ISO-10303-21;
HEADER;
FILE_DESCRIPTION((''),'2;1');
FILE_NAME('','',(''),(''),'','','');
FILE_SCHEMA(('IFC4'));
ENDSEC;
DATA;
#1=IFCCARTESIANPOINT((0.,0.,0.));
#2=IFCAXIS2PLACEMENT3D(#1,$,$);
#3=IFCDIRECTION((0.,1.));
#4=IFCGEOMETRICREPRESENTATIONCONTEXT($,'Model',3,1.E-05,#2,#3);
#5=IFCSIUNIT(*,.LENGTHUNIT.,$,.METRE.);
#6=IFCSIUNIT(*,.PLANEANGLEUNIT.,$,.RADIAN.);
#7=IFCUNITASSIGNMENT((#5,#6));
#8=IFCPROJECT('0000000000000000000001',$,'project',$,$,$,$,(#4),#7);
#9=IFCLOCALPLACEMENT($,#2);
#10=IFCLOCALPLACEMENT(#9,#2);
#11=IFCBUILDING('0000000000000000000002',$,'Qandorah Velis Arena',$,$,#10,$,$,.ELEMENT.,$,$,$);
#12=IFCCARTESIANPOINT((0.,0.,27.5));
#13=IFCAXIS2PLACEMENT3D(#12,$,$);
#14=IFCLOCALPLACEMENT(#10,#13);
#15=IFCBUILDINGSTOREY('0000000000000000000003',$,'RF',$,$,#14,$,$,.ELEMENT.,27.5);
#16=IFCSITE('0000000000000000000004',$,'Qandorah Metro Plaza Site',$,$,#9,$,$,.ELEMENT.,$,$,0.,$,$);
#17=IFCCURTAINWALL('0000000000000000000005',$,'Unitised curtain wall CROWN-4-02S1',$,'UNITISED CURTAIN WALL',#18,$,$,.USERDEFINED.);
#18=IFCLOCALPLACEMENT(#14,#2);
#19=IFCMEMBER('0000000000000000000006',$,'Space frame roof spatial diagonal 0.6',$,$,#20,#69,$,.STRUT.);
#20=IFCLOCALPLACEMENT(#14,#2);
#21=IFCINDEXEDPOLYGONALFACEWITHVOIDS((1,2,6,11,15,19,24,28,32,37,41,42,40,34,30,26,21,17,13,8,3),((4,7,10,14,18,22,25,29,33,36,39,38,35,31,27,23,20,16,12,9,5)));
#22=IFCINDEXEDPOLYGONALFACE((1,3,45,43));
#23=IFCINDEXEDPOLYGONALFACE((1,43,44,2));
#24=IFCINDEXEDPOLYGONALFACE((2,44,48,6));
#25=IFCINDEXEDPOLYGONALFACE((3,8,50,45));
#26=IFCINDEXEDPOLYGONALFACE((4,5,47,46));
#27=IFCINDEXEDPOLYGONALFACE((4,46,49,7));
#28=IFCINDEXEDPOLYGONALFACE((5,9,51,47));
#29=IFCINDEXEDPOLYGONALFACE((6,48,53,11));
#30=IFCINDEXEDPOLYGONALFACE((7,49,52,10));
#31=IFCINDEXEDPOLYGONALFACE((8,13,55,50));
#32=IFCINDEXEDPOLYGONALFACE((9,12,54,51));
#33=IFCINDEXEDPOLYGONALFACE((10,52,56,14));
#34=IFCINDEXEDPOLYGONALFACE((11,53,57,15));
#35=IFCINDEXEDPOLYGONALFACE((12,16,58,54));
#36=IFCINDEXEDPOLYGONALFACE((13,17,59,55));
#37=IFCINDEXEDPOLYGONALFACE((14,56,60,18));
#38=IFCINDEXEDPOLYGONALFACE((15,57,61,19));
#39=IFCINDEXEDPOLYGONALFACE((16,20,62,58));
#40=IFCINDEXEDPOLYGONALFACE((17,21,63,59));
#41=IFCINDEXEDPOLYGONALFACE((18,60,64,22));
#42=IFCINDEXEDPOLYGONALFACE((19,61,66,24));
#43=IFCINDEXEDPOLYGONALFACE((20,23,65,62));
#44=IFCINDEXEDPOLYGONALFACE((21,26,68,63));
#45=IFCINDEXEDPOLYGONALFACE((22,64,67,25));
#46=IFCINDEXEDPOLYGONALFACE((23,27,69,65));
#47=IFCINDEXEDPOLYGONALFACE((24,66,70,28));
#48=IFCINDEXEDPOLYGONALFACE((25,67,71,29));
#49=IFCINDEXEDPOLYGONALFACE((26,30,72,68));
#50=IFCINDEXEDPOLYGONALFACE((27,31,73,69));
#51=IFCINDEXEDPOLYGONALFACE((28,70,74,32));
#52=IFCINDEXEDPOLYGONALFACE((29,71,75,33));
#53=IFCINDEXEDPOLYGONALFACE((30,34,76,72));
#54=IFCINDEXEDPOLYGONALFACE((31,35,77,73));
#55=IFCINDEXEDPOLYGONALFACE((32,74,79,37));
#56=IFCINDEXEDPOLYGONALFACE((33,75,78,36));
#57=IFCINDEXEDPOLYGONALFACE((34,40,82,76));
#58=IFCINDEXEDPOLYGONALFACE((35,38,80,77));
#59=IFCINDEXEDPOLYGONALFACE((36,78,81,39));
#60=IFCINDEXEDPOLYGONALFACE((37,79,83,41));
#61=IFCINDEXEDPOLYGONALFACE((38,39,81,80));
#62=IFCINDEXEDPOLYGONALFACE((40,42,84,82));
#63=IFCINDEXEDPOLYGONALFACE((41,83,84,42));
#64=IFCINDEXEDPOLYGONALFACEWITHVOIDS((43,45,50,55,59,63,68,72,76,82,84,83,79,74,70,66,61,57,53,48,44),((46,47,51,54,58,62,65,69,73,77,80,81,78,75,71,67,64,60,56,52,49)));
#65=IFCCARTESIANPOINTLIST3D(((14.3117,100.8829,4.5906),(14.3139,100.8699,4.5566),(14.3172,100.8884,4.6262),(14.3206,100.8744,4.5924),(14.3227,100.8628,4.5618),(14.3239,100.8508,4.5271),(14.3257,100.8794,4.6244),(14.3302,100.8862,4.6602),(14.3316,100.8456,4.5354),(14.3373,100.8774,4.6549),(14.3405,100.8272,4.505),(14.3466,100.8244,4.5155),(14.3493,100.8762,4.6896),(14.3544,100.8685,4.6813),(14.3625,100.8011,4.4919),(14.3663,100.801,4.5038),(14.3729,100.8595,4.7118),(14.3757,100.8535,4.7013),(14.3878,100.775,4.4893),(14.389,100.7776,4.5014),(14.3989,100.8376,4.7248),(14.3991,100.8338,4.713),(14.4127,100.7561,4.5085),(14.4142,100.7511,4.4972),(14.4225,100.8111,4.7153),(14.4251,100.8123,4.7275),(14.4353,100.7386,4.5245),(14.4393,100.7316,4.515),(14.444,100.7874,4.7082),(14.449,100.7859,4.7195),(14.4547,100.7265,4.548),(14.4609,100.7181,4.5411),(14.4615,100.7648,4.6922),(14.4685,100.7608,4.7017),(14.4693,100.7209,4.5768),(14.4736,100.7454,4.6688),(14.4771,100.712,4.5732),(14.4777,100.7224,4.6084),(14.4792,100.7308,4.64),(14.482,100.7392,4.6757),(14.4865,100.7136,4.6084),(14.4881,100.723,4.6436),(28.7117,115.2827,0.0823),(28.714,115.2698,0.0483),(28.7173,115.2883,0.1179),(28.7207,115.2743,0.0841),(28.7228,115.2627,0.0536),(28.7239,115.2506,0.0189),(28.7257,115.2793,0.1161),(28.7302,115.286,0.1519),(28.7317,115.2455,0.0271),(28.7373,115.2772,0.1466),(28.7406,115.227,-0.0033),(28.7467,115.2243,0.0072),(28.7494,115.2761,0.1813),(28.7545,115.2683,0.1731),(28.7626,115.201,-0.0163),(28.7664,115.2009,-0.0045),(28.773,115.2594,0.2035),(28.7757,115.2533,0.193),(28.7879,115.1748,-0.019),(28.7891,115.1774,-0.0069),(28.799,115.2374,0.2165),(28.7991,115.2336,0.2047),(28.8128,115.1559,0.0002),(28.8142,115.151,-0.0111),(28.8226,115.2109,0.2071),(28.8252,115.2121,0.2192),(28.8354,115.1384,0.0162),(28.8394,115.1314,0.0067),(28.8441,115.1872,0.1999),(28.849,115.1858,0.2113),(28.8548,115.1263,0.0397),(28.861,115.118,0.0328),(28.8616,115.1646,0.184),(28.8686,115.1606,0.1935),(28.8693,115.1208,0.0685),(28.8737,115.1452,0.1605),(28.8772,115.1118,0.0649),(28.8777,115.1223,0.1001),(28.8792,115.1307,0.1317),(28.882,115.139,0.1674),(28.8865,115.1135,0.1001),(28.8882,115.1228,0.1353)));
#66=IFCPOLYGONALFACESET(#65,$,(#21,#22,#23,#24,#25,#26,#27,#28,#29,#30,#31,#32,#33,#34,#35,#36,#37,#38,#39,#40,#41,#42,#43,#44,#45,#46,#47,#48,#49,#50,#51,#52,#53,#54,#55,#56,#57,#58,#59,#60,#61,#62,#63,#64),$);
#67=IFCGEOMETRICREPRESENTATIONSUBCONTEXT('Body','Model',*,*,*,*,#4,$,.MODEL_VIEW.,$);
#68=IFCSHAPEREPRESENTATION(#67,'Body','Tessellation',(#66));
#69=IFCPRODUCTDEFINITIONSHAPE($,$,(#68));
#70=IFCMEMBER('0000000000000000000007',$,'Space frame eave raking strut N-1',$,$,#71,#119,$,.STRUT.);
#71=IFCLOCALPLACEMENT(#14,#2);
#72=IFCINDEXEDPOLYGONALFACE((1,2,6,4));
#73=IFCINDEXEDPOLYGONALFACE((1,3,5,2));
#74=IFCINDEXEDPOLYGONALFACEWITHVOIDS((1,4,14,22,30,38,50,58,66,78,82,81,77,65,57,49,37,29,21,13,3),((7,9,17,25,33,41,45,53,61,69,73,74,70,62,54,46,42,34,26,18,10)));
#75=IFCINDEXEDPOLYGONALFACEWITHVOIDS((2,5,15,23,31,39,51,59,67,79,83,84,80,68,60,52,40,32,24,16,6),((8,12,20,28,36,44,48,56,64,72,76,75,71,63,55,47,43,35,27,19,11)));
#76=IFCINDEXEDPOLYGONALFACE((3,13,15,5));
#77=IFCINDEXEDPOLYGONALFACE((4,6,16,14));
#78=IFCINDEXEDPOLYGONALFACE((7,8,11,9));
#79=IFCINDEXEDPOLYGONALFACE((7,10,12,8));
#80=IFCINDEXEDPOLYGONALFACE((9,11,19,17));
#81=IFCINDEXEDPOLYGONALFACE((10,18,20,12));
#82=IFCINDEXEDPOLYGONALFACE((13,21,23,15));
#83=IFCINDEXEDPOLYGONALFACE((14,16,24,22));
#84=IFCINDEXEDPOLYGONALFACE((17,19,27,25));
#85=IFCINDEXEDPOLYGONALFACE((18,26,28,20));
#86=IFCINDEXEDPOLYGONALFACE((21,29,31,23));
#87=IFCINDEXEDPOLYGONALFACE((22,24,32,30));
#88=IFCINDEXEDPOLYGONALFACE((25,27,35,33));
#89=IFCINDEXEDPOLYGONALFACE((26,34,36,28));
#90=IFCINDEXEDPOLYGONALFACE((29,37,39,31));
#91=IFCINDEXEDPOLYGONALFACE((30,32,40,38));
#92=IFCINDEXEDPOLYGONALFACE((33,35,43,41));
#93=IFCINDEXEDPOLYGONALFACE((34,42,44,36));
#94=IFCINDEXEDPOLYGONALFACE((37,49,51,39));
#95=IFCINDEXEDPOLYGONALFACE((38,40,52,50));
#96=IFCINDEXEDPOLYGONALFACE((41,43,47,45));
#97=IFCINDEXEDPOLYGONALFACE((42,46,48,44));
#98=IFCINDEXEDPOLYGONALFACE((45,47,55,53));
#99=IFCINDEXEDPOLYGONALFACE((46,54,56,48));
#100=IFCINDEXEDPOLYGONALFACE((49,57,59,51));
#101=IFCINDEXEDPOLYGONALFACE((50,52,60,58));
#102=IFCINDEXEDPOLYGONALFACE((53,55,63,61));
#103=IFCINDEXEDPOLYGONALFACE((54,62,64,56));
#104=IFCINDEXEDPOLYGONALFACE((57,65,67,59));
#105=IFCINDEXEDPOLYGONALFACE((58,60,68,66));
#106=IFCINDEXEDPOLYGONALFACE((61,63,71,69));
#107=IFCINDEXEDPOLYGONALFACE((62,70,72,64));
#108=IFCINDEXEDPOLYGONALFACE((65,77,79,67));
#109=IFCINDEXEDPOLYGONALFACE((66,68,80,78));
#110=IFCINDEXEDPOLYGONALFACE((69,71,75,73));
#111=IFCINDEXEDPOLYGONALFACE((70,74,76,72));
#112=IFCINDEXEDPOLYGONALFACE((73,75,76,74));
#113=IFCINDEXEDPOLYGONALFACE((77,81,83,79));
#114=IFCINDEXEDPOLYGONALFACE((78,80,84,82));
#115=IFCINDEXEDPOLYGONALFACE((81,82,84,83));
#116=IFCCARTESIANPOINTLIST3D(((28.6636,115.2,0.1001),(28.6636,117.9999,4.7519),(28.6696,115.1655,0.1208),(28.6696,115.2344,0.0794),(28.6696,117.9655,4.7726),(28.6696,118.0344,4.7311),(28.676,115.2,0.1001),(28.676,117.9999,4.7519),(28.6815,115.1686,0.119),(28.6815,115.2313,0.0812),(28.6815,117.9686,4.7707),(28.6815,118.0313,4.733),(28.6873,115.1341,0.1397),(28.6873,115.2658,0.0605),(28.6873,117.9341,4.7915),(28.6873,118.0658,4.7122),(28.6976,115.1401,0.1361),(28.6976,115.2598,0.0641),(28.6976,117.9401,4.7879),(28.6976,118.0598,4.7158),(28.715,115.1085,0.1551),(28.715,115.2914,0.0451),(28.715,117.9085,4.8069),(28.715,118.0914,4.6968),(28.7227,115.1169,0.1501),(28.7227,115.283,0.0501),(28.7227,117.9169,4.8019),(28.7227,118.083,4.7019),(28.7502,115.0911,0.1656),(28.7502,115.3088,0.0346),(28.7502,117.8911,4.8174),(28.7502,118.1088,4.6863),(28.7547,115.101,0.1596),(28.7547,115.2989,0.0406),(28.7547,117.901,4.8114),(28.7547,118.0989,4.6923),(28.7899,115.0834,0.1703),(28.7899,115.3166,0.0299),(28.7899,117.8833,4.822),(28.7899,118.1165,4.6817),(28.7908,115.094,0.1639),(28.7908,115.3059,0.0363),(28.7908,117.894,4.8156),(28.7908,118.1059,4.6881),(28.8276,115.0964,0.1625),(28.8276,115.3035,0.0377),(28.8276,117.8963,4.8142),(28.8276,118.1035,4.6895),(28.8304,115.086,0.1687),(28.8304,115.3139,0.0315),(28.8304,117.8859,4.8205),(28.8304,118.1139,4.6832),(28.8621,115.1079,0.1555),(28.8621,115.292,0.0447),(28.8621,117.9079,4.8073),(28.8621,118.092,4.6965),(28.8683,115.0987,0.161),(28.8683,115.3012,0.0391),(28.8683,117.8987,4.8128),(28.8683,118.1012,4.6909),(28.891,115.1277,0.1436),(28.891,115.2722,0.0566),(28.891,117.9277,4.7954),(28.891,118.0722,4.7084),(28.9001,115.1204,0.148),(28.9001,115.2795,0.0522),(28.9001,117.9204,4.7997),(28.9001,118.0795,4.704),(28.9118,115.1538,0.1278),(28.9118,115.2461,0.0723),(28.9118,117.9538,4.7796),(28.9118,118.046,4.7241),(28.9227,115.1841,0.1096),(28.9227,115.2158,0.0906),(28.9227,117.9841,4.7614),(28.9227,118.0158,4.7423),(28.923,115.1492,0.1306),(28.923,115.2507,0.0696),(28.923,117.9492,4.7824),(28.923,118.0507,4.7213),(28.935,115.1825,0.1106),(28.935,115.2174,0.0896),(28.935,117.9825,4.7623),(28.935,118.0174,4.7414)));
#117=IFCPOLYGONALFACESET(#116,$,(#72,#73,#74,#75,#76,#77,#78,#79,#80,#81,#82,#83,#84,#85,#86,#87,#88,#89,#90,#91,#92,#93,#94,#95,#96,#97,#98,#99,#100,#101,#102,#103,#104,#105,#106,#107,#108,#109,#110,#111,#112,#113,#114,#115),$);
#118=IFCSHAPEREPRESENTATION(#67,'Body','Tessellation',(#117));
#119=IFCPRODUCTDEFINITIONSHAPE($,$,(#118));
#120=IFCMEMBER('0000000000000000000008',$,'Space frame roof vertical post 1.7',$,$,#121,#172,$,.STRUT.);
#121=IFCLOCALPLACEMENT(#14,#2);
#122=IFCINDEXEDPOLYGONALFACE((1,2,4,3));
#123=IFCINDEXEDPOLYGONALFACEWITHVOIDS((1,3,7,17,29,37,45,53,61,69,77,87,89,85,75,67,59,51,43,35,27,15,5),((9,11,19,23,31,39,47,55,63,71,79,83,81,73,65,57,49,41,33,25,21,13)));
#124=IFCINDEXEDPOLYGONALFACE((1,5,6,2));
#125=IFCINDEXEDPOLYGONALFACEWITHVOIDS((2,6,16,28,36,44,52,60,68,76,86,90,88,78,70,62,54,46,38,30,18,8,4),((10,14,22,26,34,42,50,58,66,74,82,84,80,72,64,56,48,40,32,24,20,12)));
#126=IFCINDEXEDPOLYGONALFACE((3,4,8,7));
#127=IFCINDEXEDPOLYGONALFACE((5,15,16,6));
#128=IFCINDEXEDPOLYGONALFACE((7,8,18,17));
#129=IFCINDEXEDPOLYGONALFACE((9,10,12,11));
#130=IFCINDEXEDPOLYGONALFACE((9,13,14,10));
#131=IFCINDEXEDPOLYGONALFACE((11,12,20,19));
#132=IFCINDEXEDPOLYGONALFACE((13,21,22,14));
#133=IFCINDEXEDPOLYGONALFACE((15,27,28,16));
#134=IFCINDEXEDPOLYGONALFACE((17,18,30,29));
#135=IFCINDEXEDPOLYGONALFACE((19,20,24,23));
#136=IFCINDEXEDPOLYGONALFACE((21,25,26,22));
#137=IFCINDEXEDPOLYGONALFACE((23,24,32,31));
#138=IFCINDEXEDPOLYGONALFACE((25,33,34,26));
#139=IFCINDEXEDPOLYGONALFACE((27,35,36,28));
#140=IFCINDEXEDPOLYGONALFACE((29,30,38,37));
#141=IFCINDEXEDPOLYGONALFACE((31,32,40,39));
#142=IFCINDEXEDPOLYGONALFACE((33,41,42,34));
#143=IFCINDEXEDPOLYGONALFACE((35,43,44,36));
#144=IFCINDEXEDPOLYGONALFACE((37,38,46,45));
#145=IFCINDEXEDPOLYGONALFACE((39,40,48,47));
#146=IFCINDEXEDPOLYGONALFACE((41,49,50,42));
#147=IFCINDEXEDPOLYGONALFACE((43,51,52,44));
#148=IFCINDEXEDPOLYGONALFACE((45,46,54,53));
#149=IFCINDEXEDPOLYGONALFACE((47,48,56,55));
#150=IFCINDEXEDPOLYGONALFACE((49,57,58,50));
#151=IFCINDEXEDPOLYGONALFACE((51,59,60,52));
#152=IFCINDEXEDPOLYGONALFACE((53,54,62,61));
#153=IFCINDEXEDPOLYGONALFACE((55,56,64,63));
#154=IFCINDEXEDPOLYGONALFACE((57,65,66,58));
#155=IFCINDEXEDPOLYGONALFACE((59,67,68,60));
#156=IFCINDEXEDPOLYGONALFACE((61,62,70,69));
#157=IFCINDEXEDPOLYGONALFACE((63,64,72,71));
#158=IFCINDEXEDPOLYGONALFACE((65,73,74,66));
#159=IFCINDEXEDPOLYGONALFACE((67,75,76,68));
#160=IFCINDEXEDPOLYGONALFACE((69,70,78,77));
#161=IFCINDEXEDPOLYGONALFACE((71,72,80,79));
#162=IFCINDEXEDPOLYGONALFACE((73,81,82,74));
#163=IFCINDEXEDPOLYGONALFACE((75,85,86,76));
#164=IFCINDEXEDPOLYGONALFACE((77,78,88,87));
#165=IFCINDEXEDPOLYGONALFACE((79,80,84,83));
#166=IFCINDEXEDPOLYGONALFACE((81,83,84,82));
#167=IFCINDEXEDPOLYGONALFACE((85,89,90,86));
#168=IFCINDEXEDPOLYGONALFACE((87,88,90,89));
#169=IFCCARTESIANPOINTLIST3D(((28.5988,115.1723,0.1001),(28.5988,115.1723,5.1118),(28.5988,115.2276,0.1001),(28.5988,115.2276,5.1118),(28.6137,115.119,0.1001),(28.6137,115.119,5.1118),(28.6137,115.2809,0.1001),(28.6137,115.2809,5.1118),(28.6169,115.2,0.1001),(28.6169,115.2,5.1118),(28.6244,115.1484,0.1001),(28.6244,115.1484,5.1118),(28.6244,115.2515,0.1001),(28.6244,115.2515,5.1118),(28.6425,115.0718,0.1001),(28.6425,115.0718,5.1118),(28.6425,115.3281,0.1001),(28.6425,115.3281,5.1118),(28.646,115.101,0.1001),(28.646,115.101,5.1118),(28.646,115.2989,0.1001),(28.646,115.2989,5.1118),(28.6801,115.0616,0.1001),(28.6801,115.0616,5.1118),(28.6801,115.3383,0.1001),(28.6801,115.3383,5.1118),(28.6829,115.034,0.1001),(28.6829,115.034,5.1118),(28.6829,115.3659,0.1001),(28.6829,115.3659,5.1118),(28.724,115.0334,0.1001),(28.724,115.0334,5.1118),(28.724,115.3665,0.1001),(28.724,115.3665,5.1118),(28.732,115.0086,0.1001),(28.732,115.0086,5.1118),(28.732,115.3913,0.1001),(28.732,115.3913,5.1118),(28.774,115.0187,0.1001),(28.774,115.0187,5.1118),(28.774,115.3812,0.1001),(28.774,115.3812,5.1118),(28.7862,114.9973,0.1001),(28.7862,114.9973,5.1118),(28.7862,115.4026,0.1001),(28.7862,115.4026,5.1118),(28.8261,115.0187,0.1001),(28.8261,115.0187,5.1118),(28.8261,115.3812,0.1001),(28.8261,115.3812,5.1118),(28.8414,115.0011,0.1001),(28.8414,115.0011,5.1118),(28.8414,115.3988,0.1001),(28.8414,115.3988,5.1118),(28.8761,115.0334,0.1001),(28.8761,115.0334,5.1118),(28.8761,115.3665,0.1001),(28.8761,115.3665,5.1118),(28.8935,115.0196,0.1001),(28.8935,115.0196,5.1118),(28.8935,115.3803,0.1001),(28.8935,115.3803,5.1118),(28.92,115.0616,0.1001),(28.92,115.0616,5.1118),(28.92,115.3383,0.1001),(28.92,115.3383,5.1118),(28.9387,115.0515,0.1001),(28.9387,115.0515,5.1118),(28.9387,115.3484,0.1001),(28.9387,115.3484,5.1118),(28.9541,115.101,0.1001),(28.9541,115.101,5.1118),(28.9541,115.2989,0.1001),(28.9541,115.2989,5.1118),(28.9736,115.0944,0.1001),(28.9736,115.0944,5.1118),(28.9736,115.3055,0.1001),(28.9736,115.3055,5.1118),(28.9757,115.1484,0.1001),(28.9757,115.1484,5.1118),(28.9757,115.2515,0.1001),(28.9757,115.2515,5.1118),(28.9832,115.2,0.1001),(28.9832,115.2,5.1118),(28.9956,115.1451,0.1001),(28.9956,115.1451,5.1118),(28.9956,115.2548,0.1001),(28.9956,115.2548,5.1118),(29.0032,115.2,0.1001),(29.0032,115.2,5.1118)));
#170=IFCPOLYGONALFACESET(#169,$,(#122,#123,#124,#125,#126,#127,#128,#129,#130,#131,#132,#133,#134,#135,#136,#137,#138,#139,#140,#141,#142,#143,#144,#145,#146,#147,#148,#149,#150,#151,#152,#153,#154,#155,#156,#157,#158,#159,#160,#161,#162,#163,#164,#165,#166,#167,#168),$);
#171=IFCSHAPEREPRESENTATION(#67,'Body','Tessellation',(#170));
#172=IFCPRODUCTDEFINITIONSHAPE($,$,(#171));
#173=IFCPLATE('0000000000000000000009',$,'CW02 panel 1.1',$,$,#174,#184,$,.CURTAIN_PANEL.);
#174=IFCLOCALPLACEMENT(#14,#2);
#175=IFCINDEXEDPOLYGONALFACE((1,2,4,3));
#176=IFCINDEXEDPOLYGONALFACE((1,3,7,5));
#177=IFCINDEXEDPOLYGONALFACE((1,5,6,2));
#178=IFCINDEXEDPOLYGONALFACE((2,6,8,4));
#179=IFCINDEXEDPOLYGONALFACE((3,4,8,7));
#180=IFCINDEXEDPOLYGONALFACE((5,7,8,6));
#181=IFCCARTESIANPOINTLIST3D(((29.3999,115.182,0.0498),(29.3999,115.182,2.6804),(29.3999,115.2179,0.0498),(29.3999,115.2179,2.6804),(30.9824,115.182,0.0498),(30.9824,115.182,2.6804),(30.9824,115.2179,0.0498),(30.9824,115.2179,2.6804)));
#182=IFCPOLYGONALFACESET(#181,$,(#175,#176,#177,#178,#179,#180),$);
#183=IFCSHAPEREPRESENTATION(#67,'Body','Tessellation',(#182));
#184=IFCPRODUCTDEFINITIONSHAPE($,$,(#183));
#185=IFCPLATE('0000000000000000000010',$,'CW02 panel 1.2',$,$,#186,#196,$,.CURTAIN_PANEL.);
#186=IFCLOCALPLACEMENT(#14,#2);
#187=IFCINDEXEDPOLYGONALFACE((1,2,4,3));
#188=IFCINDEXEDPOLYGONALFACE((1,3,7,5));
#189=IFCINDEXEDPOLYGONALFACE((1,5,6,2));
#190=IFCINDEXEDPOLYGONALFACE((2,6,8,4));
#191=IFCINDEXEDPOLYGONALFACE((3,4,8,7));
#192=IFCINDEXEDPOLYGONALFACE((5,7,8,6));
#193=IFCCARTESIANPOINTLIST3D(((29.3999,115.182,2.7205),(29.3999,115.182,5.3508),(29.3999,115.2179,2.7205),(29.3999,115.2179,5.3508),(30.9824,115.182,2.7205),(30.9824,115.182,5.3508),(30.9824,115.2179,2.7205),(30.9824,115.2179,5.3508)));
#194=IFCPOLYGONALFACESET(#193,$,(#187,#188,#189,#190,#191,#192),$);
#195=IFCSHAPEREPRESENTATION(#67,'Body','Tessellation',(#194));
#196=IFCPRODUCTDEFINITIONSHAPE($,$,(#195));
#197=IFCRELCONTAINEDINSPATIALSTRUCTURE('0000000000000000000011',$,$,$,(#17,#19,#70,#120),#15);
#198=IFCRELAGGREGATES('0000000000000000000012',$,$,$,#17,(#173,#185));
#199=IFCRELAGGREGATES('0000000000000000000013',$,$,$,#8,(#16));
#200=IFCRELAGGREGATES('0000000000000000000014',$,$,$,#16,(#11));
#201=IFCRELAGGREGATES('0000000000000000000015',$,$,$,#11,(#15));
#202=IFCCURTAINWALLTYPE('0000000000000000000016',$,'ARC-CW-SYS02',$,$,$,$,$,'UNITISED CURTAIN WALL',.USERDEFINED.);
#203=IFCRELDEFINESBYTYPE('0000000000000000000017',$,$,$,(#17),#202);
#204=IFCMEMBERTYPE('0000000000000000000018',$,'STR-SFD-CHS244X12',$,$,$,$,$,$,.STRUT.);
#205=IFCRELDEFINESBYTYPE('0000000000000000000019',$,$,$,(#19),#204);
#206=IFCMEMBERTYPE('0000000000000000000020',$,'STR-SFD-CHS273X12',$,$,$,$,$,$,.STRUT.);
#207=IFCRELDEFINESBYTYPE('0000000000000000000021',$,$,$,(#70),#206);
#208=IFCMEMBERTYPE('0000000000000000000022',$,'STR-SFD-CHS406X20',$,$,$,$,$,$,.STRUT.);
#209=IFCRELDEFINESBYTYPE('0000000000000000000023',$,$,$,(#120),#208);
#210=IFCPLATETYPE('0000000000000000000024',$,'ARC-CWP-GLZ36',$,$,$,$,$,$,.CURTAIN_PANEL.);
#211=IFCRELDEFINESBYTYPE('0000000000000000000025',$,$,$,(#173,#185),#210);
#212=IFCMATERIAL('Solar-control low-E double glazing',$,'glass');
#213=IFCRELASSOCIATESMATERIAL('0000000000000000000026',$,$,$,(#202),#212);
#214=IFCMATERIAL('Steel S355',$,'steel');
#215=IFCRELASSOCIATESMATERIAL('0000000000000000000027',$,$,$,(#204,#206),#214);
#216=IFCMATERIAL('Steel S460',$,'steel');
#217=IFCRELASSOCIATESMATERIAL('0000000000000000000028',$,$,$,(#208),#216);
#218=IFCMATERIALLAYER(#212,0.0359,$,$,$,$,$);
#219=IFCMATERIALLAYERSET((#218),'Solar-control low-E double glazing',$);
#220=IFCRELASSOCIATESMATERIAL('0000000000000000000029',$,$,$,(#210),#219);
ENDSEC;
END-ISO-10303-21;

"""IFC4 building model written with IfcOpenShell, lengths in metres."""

from ifc_helpers import new_model, si_unit, direction, frame, origin, origin_2d, place, context, subcontext, project, spatial, rectangle, hollow_circle, extrude, material, layer, layer_set, material_profile, profile_set, type_object, element, aggregate, save


model = new_model("IFC4")

# Units and contexts
model_context = context("Model", 3, precision=1e-05, world=origin(), true_north=direction((0.0, 1.0)))
body_context = subcontext(model_context, "Body", "Model", "MODEL_VIEW")
ifc_project = project(units=[si_unit("LENGTHUNIT", "METRE"), si_unit("PLANEANGLEUNIT", "RADIAN")], contexts=[model_context])

# Site, building, storey
site_placement = place(None, origin())
site = spatial("IfcSite", under=ifc_project, at=site_placement, Name="Qandorah Metro Plaza Site", CompositionType="ELEMENT", RefElevation=0.0)
building_placement = place(site_placement, origin())
building = spatial("IfcBuilding", under=site, at=building_placement, Name="Qandorah Velis Arena", CompositionType="ELEMENT")
storey_placement = place(building_placement, frame((0.0, 0.0, 27.5)))
storey = spatial("IfcBuildingStorey", under=building, at=storey_placement, Name="RF", CompositionType="ELEMENT", Elevation=27.5)

# Curtain wall
ifc_material_1 = material(Name="Solar-control low-E double glazing", Category="glass")
curtain_wall_type = type_object("IfcCurtainWallType", Name="ARC-CW-SYS02", ElementType="UNITISED CURTAIN WALL", PredefinedType="USERDEFINED", material=ifc_material_1)
curtain_wall_placement = place(storey_placement, origin())
curtain_wall = element("IfcCurtainWall", 1, at=curtain_wall_placement, inside=storey, type_object=curtain_wall_type, Name="Unitised curtain wall CROWN-4-02S1", ObjectType="UNITISED CURTAIN WALL", PredefinedType="USERDEFINED")

# Shared definitions
ifc_material_2 = material(Name="Steel S355", Category="steel")
ifc_material_3 = material(Name="Steel S460", Category="steel")

# Members
ifc_material_profile_1 = material_profile(ifc_material_2, hollow_circle(Radius=0.1223, WallThickness=0.0125, at=origin_2d()), Name="CHS 244.5x12.5")
ifc_profile_set_1 = profile_set([ifc_material_profile_1], Name="Steel S355")
member_type_1 = type_object("IfcMemberType", Name="STR-SFD-CHS244X12", PredefinedType="STRUT", material=ifc_profile_set_1)
member_1_placement = place(storey_placement, frame((28.8, 115.2, 0.1001), z_axis=(-0.690398, -0.690386, 0.216145), x_axis=(0.707101, -0.707113, 0.0)))
element("IfcMember", 2, at=member_1_placement, inside=storey, type_object=member_type_1, Name="Space frame roof spatial diagonal 0.6", PredefinedType="STRUT", context=body_context, shape_type="SweptSolid", body=[
    extrude(hollow_circle(Radius=0.1223, WallThickness=0.0125, at=origin_2d()), origin(), (0.0, 0.0, 1.0), 20.8577),
])
ifc_material_profile_2 = material_profile(ifc_material_2, hollow_circle(Radius=0.1365, WallThickness=0.0125, at=origin_2d()), Name="CHS 273x12.5")
ifc_profile_set_2 = profile_set([ifc_material_profile_2], Name="Steel S355")
member_type_2 = type_object("IfcMemberType", Name="STR-SFD-CHS273X12", PredefinedType="STRUT", material=ifc_profile_set_2)
member_2_placement = place(storey_placement, frame((28.8, 115.2, 0.1001), z_axis=(0.0, 0.515705, 0.856766), x_axis=(-1.0, 0.0, 0.0)))
element("IfcMember", 3, at=member_2_placement, inside=storey, type_object=member_type_2, Name="Space frame eave raking strut N-1", PredefinedType="STRUT", context=body_context, shape_type="SweptSolid", body=[
    extrude(hollow_circle(Radius=0.1365, WallThickness=0.0125, at=origin_2d()), origin(), (0.0, 0.0, 1.0), 5.4294),
])
ifc_material_profile_3 = material_profile(ifc_material_3, hollow_circle(Radius=0.2031, WallThickness=0.02, at=origin_2d()), Name="CHS 406.4x20")
ifc_profile_set_3 = profile_set([ifc_material_profile_3], Name="Steel S460")
member_type_3 = type_object("IfcMemberType", Name="STR-SFD-CHS406X20", PredefinedType="STRUT", material=ifc_profile_set_3)
member_3_placement = place(storey_placement, frame((28.8, 115.2, 0.1001), z_axis=(0.0, 0.0, 1.0), x_axis=(1.0, 0.0, 0.0)))
element("IfcMember", 4, at=member_3_placement, inside=storey, type_object=member_type_3, Name="Space frame roof vertical post 1.7", PredefinedType="STRUT", context=body_context, shape_type="SweptSolid", body=[
    extrude(hollow_circle(Radius=0.2031, WallThickness=0.02, at=origin_2d()), origin(), (0.0, 0.0, 1.0), 5.0117),
])

# Plates
ifc_layer_1 = layer(ifc_material_1, 0.0359)
ifc_layer_set_1 = layer_set([ifc_layer_1], Name="Solar-control low-E double glazing")
plate_type_1 = type_object("IfcPlateType", Name="ARC-CWP-GLZ36", PredefinedType="CURTAIN_PANEL", material=ifc_layer_set_1)
plate_1_placement = place(storey_placement, frame((30.1912, 115.2, 0.0498), z_axis=(0.0, 0.0, 1.0), x_axis=(1.0, 0.0, 0.0)))
plate_1 = element("IfcPlate", 5, at=plate_1_placement, type_object=plate_type_1, Name="CW02 panel 1.1", PredefinedType="CURTAIN_PANEL", context=body_context, shape_type="SweptSolid", body=[
    extrude(rectangle(XDim=1.5825, YDim=0.0359, at=origin_2d()), origin(), (0.0, 0.0, 1.0), 2.6306),
])
plate_2_placement = place(storey_placement, frame((30.1912, 115.2, 2.7205), z_axis=(0.0, 0.0, 1.0), x_axis=(1.0, 0.0, 0.0)))
plate_2 = element("IfcPlate", 6, at=plate_2_placement, type_object=plate_type_1, Name="CW02 panel 1.2", PredefinedType="CURTAIN_PANEL", context=body_context, shape_type="SweptSolid", body=[
    extrude(rectangle(XDim=1.5825, YDim=0.0359, at=origin_2d()), origin(), (0.0, 0.0, 1.0), 2.6304),
])
aggregate(curtain_wall, [plate_1, plate_2])

save(model, "model.ifc")
